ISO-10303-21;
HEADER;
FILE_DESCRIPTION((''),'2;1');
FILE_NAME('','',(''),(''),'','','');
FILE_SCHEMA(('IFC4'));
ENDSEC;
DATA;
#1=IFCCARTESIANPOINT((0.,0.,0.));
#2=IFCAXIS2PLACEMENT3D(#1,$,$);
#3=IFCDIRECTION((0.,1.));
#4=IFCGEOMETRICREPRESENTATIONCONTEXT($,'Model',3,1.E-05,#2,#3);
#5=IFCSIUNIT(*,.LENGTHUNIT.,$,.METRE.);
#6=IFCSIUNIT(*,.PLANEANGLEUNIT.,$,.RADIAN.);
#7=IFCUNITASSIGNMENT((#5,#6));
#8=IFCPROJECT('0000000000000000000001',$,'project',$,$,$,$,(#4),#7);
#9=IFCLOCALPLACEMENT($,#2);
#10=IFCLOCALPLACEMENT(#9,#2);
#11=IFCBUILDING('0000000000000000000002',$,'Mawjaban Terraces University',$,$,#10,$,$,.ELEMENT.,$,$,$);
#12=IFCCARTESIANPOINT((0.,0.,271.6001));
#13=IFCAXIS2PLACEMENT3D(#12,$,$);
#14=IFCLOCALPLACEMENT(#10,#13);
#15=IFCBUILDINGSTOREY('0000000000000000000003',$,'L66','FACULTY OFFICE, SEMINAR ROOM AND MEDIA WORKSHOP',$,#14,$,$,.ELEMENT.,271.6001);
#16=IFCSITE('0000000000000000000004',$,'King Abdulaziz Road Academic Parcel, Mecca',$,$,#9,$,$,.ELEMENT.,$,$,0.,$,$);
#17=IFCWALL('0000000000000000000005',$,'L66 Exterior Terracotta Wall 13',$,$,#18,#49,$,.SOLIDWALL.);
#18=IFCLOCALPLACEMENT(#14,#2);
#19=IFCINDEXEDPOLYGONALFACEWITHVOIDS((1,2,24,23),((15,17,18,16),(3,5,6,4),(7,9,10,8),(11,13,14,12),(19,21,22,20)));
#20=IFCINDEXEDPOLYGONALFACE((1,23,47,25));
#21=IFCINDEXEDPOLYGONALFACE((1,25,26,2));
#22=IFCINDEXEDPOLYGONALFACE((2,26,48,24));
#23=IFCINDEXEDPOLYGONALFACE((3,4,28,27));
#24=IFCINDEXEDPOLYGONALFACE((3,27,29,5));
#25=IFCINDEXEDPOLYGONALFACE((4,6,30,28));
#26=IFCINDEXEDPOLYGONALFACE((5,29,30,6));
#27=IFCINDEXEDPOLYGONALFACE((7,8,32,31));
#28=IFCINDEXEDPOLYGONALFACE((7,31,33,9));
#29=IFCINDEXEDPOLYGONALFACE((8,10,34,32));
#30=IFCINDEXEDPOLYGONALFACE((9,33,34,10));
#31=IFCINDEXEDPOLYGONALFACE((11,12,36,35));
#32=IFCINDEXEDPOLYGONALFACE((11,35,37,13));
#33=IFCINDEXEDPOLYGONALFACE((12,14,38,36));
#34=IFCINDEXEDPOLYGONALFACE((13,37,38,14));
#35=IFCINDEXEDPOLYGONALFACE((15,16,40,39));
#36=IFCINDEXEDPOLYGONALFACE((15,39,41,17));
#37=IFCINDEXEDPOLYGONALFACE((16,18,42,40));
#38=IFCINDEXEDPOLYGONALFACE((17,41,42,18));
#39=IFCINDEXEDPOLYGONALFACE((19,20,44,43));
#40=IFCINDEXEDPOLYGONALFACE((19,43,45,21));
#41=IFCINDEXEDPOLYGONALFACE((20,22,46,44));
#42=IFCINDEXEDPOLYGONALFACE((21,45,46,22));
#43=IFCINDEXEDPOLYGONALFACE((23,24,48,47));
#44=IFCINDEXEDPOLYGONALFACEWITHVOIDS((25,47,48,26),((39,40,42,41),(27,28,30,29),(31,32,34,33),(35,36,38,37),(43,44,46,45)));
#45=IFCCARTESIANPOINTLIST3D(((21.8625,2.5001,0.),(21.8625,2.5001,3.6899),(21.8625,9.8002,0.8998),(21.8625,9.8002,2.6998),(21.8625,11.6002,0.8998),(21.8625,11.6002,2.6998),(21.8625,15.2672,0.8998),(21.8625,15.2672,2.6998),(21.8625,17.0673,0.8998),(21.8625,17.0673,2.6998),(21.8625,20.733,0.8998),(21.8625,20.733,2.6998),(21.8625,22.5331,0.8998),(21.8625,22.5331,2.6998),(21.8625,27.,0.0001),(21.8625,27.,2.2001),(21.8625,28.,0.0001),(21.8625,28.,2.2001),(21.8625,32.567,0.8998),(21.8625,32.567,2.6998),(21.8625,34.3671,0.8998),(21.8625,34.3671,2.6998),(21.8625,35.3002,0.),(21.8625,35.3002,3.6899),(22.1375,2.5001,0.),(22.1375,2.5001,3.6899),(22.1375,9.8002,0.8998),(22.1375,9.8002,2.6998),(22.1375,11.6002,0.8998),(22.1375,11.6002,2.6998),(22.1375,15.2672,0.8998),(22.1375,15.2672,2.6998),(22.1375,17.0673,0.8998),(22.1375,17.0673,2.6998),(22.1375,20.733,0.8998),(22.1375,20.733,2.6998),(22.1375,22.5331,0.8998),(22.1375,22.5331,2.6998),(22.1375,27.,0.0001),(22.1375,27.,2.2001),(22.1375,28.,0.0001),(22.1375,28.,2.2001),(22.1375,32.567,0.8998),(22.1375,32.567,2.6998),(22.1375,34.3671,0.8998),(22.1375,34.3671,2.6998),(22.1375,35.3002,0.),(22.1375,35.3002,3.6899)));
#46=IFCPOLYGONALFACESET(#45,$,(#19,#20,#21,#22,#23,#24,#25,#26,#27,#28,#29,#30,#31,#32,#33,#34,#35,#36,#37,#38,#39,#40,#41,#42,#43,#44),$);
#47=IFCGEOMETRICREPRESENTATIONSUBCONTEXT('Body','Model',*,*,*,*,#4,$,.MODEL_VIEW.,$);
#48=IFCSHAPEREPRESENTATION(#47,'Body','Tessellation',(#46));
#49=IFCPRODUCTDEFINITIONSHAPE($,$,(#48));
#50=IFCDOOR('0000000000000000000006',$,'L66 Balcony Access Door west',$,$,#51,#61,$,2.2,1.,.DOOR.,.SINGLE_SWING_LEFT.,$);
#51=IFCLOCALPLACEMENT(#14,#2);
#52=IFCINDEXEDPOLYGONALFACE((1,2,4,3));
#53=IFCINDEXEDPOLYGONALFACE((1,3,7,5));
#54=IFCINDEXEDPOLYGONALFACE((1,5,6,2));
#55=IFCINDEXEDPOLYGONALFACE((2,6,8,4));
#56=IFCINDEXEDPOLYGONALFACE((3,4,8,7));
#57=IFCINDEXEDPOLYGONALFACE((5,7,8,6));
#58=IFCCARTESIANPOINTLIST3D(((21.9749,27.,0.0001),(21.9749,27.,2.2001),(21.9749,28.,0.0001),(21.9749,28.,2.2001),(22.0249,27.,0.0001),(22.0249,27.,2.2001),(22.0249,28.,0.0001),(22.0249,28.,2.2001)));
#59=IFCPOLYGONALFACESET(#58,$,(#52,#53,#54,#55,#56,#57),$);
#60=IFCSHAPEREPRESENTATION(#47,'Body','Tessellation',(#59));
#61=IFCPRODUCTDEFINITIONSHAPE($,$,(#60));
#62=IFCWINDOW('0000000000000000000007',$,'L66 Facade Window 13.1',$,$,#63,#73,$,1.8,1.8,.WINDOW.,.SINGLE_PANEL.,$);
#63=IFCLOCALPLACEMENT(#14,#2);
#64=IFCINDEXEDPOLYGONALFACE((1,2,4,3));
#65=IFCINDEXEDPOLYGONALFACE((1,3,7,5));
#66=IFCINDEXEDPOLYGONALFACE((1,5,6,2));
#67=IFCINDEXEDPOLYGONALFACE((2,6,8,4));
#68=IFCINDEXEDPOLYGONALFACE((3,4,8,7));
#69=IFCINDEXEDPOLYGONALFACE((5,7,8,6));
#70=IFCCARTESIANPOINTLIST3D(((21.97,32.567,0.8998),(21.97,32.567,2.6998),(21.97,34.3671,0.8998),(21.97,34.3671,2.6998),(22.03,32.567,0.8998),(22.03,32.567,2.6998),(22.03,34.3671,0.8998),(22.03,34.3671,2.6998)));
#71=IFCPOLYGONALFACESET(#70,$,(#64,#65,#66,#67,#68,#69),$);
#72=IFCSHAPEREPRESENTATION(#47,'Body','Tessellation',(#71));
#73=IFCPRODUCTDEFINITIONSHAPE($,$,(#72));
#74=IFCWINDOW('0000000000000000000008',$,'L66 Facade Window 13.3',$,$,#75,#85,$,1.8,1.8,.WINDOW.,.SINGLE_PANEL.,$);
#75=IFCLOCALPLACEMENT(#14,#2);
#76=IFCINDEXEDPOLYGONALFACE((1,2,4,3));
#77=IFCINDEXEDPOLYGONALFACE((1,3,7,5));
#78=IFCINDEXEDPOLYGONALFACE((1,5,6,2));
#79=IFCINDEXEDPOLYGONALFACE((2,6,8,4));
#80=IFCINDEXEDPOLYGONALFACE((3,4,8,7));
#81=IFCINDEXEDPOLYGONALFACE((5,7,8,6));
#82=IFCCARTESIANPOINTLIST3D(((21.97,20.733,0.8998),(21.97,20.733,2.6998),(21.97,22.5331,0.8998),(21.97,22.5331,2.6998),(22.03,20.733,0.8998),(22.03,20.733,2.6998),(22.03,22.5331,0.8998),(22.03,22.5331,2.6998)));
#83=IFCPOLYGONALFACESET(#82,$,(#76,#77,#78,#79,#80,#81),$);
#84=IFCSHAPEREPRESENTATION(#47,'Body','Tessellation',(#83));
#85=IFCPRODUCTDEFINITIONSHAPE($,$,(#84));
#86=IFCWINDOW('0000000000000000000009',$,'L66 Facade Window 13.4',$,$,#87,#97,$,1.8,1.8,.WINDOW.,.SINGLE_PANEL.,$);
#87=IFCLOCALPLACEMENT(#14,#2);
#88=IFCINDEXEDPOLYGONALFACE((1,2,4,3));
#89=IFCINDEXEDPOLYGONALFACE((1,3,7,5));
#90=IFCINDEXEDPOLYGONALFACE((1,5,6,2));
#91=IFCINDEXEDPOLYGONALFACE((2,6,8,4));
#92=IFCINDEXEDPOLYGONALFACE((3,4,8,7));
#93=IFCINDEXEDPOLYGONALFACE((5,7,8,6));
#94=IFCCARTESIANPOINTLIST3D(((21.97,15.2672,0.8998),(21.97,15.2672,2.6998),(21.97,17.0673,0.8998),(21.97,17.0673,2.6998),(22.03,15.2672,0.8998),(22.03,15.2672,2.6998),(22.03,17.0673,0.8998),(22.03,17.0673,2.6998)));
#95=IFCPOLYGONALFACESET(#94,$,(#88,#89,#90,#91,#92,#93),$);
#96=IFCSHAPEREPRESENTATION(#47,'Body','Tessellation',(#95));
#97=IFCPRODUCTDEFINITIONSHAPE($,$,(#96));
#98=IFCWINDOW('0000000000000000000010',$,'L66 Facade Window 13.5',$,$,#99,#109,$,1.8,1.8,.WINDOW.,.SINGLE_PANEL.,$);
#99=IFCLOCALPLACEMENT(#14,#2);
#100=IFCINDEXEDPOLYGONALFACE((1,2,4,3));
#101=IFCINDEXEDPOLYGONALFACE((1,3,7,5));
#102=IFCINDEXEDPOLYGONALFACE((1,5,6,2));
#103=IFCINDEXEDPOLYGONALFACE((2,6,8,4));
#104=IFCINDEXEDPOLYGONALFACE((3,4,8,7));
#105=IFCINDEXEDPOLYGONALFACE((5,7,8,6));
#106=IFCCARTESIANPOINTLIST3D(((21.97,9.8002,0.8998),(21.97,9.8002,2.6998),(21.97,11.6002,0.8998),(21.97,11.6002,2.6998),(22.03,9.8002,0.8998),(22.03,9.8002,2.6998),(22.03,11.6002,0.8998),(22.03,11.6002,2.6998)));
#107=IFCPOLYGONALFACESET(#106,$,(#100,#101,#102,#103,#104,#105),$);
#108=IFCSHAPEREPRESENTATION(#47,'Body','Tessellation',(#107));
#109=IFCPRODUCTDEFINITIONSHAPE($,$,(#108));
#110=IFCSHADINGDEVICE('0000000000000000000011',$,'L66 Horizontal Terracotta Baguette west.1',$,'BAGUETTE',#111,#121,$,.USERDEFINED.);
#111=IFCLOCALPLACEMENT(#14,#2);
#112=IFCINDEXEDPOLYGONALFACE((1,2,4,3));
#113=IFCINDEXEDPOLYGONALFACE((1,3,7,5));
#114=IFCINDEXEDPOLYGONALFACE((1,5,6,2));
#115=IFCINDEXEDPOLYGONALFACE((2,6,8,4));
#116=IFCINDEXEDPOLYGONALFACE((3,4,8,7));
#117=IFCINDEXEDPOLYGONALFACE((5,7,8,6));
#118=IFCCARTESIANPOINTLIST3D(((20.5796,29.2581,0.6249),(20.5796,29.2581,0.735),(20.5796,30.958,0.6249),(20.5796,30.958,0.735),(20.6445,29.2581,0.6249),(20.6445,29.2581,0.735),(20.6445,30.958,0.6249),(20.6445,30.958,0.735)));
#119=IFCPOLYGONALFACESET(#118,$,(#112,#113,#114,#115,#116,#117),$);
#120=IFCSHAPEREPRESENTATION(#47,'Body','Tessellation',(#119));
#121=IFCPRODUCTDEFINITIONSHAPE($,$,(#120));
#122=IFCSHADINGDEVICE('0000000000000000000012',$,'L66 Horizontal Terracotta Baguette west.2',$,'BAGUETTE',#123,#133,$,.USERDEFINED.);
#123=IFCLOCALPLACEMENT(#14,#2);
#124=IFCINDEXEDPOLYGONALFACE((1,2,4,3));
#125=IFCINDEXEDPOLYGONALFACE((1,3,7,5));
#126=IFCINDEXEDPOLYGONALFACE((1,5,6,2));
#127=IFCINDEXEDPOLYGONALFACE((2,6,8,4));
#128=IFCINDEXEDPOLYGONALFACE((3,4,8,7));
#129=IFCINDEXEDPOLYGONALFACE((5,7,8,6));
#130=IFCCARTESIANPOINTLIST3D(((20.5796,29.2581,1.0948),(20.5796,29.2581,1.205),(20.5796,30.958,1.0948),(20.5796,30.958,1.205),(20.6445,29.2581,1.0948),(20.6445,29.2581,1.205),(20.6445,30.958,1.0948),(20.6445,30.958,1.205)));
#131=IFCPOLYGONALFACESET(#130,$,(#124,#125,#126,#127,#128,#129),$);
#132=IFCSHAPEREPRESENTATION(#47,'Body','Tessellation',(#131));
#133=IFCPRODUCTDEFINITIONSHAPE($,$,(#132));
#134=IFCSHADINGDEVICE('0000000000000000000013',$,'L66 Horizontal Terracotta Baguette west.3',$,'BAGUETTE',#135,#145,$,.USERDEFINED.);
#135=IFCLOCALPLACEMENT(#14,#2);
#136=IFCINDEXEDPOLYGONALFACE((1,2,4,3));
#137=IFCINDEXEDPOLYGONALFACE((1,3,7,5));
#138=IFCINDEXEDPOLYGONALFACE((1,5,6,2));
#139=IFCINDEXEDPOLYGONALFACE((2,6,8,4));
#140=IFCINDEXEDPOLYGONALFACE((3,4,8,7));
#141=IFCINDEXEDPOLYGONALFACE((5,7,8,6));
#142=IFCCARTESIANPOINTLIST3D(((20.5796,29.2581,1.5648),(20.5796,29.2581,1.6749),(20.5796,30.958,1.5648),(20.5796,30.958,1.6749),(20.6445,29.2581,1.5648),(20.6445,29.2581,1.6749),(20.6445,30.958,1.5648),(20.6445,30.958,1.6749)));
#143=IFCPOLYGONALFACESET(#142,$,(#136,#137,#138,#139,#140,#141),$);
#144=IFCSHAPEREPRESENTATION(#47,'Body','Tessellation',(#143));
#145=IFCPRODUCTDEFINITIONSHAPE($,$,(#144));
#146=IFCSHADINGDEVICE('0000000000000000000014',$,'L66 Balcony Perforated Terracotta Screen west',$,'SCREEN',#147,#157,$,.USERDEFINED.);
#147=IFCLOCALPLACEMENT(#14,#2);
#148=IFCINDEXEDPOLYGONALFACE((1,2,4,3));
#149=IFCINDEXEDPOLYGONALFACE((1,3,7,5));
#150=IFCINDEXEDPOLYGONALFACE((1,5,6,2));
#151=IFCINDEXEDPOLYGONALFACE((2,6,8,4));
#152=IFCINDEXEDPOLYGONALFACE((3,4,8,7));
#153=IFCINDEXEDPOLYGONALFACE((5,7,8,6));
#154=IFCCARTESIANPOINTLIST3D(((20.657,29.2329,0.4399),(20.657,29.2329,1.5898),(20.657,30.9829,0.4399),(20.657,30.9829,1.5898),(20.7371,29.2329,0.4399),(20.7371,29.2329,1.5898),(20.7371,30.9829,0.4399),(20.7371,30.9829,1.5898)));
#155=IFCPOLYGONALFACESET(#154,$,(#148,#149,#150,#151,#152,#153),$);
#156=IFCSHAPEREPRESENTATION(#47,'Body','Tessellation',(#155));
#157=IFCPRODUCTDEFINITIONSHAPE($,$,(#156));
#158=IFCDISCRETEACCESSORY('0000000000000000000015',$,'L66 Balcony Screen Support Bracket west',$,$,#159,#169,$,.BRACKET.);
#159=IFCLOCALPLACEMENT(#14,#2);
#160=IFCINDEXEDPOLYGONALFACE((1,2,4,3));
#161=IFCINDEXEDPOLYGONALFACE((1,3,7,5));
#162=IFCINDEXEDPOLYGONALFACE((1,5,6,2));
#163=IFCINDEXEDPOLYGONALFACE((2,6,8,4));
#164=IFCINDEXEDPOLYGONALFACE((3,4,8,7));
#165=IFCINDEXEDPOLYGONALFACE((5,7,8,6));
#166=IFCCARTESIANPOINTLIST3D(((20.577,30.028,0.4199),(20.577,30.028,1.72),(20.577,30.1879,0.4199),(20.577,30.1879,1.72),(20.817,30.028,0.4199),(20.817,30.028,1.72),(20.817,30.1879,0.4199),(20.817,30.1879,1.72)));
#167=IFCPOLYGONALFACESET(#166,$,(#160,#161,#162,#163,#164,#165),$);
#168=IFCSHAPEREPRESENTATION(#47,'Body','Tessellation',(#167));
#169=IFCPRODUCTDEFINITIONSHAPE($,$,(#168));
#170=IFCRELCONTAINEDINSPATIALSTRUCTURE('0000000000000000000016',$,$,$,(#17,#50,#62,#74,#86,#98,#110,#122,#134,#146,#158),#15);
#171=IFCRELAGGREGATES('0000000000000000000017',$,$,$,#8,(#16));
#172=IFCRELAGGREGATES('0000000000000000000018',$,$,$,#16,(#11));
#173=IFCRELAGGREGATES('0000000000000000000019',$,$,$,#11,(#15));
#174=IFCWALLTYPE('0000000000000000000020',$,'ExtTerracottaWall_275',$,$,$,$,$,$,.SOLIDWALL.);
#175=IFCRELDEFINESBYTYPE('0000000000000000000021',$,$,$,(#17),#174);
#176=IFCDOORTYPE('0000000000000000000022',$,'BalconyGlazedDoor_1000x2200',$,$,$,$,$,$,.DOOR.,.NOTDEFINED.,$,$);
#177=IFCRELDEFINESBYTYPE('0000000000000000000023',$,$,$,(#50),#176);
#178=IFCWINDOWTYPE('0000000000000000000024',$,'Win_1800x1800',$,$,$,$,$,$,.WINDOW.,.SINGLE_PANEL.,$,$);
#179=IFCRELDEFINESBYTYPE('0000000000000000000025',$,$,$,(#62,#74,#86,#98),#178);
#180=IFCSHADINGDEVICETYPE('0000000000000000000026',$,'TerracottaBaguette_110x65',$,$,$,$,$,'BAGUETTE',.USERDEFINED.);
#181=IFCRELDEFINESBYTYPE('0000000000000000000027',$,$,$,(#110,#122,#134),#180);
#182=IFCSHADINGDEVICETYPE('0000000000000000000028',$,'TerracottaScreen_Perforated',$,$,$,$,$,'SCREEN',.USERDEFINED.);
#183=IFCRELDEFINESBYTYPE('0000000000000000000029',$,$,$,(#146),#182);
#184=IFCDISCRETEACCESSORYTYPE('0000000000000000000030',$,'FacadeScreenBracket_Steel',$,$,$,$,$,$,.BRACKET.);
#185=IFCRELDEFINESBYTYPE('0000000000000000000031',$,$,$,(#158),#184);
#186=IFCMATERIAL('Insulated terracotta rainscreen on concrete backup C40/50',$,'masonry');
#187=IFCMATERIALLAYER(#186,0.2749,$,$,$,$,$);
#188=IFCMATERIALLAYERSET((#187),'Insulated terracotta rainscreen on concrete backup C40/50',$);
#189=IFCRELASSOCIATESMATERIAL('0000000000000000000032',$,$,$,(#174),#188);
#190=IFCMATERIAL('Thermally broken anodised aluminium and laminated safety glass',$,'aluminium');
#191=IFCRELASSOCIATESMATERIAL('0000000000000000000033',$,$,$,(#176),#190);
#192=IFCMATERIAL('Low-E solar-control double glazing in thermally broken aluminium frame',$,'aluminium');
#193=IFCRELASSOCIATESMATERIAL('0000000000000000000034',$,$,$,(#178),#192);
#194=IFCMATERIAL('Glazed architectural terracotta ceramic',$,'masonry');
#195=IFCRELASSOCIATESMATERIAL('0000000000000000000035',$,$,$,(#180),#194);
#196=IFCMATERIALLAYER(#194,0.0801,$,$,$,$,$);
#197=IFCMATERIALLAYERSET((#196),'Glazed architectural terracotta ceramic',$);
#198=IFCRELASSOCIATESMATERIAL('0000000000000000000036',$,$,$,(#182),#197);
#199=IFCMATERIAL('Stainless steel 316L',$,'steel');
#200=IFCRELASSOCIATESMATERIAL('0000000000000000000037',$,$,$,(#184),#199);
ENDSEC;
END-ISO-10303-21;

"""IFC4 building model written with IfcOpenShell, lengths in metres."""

from ifc_helpers import new_model, si_unit, direction, frame, frame_2d, origin, origin_2d, place, context, subcontext, project, spatial, rectangle, extrude, material, layer, layer_set, material_profile, profile_set, type_object, element, fill, save


model = new_model("IFC4")

# Units and contexts
model_context = context("Model", 3, precision=1e-05, world=origin(), true_north=direction((0.0, 1.0)))
body_context = subcontext(model_context, "Body", "Model", "MODEL_VIEW")
ifc_project = project(units=[si_unit("LENGTHUNIT", "METRE"), si_unit("PLANEANGLEUNIT", "RADIAN")], contexts=[model_context])

# Site, building, storey
site_placement = place(None, origin())
site = spatial("IfcSite", under=ifc_project, at=site_placement, Name="King Abdulaziz Road Academic Parcel, Mecca", CompositionType="ELEMENT", RefElevation=0.0)
building_placement = place(site_placement, origin())
building = spatial("IfcBuilding", under=site, at=building_placement, Name="Mawjaban Terraces University", CompositionType="ELEMENT")
storey_placement = place(building_placement, frame((0.0, 0.0, 271.6001)))
storey = spatial("IfcBuildingStorey", under=building, at=storey_placement, Name="L66", Description="FACULTY OFFICE, SEMINAR ROOM AND MEDIA WORKSHOP", CompositionType="ELEMENT", Elevation=271.6001)

# Shared definitions
ifc_material_1 = material(Name="Insulated terracotta rainscreen on concrete backup C40/50", Category="masonry")
ifc_layer_1 = layer(ifc_material_1, 0.2749)
ifc_layer_set_1 = layer_set([ifc_layer_1], Name="Insulated terracotta rainscreen on concrete backup C40/50")
wall_type_1 = type_object("IfcWallType", Name="ExtTerracottaWall_275", PredefinedType="SOLIDWALL", material=ifc_layer_set_1)

# Wall, openings, door, windows
wall_1_placement = place(storey_placement, frame((22.0, 35.3, 0.0), z_axis=(0.0, 0.0, 1.0), x_axis=(0.0, -1.0, 0.0)))
wall_1 = element("IfcWall", 1, at=wall_1_placement, inside=storey, type_object=wall_type_1, Name="L66 Exterior Terracotta Wall 13", PredefinedType="SOLIDWALL", context=body_context, shape_type="SweptSolid", body=[
    extrude(rectangle(XDim=32.8, YDim=0.2749, at=frame_2d((16.3999, 0.0))), origin(), (0.0, 0.0, 1.0), 3.6899),
])
opening_1_placement = place(wall_1_placement, frame((7.3, 0.0, 0.0)))
opening_1 = element("IfcOpeningElement", 2, at=opening_1_placement, cuts=wall_1, PredefinedType="OPENING", context=body_context, shape_type="SweptSolid", body=[
    extrude(rectangle(XDim=1.0, YDim=2.2, at=frame_2d((0.5, 1.1001))), frame((0.0, 0.1475, 0.0), z_axis=(0.0, -1.0, 0.0), x_axis=(1.0, 0.0, 0.0)), (0.0, 0.0, 1.0), 0.2949),
])
opening_2_placement = place(wall_1_placement, frame((0.9331, 0.0, 0.8999)))
opening_2 = element("IfcOpeningElement", 3, at=opening_2_placement, cuts=wall_1, PredefinedType="OPENING", context=body_context, shape_type="SweptSolid", body=[
    extrude(rectangle(XDim=1.8, YDim=1.8, at=frame_2d((0.8999, 0.8999))), frame((0.0, 0.1475, 0.0), z_axis=(0.0, -1.0, 0.0), x_axis=(1.0, 0.0, 0.0)), (0.0, 0.0, 1.0), 0.2949),
])
opening_3_placement = place(wall_1_placement, frame((12.7671, 0.0, 0.8999)))
opening_3 = element("IfcOpeningElement", 4, at=opening_3_placement, cuts=wall_1, PredefinedType="OPENING", context=body_context, shape_type="SweptSolid", body=[
    extrude(rectangle(XDim=1.8, YDim=1.8, at=frame_2d((0.8999, 0.8999))), frame((0.0, 0.1475, 0.0), z_axis=(0.0, -1.0, 0.0), x_axis=(1.0, 0.0, 0.0)), (0.0, 0.0, 1.0), 0.2949),
])
opening_4_placement = place(wall_1_placement, frame((18.2329, 0.0, 0.8999)))
opening_4 = element("IfcOpeningElement", 5, at=opening_4_placement, cuts=wall_1, PredefinedType="OPENING", context=body_context, shape_type="SweptSolid", body=[
    extrude(rectangle(XDim=1.8, YDim=1.8, at=frame_2d((0.8999, 0.8999))), frame((0.0, 0.1475, 0.0), z_axis=(0.0, -1.0, 0.0), x_axis=(1.0, 0.0, 0.0)), (0.0, 0.0, 1.0), 0.2949),
])
opening_5_placement = place(wall_1_placement, frame((23.7, 0.0, 0.8999)))
opening_5 = element("IfcOpeningElement", 6, at=opening_5_placement, cuts=wall_1, PredefinedType="OPENING", context=body_context, shape_type="SweptSolid", body=[
    extrude(rectangle(XDim=1.8, YDim=1.8, at=frame_2d((0.8999, 0.8999))), frame((0.0, 0.1475, 0.0), z_axis=(0.0, -1.0, 0.0), x_axis=(1.0, 0.0, 0.0)), (0.0, 0.0, 1.0), 0.2949),
])
ifc_material_2 = material(Name="Thermally broken anodised aluminium and laminated safety glass", Category="aluminium")
door_type_1 = type_object("IfcDoorType", Name="BalconyGlazedDoor_1000x2200", OperationType="NOTDEFINED", PredefinedType="DOOR", material=ifc_material_2)
door_1_placement = place(opening_1_placement, origin())
door_1 = element("IfcDoor", 7, at=door_1_placement, inside=storey, type_object=door_type_1, Name="L66 Balcony Access Door west", OperationType="SINGLE_SWING_LEFT", OverallHeight=2.2, OverallWidth=1.0, PredefinedType="DOOR", context=body_context, shape_type="SweptSolid", body=[
    extrude(rectangle(XDim=1.0, YDim=2.2, at=frame_2d((0.5, 1.1001))), frame((0.0, 0.0249, 0.0), z_axis=(0.0, -1.0, 0.0), x_axis=(1.0, 0.0, 0.0)), (0.0, 0.0, 1.0), 0.05),
])
fill(opening_1, door_1)
ifc_material_3 = material(Name="Low-E solar-control double glazing in thermally broken aluminium frame", Category="aluminium")
window_type = type_object("IfcWindowType", Name="Win_1800x1800", PartitioningType="SINGLE_PANEL", PredefinedType="WINDOW", material=ifc_material_3)
window_1_placement = place(opening_2_placement, origin())
window_1 = element("IfcWindow", 8, at=window_1_placement, inside=storey, type_object=window_type, Name="L66 Facade Window 13.1", OverallHeight=1.8, OverallWidth=1.8, PartitioningType="SINGLE_PANEL", PredefinedType="WINDOW", context=body_context, shape_type="SweptSolid", body=[
    extrude(rectangle(XDim=1.8, YDim=1.8, at=frame_2d((0.8999, 0.8999))), frame((0.0, 0.03, 0.0), z_axis=(0.0, -1.0, 0.0), x_axis=(1.0, 0.0, 0.0)), (0.0, 0.0, 1.0), 0.0601),
])
fill(opening_2, window_1)
window_2_placement = place(opening_3_placement, origin())
window_2 = element("IfcWindow", 9, at=window_2_placement, inside=storey, type_object=window_type, Name="L66 Facade Window 13.3", OverallHeight=1.8, OverallWidth=1.8, PartitioningType="SINGLE_PANEL", PredefinedType="WINDOW", context=body_context, shape_type="SweptSolid", body=[
    extrude(rectangle(XDim=1.8, YDim=1.8, at=frame_2d((0.8999, 0.8999))), frame((0.0, 0.03, 0.0), z_axis=(0.0, -1.0, 0.0), x_axis=(1.0, 0.0, 0.0)), (0.0, 0.0, 1.0), 0.0601),
])
fill(opening_3, window_2)
window_3_placement = place(opening_4_placement, origin())
window_3 = element("IfcWindow", 10, at=window_3_placement, inside=storey, type_object=window_type, Name="L66 Facade Window 13.4", OverallHeight=1.8, OverallWidth=1.8, PartitioningType="SINGLE_PANEL", PredefinedType="WINDOW", context=body_context, shape_type="SweptSolid", body=[
    extrude(rectangle(XDim=1.8, YDim=1.8, at=frame_2d((0.8999, 0.8999))), frame((0.0, 0.03, 0.0), z_axis=(0.0, -1.0, 0.0), x_axis=(1.0, 0.0, 0.0)), (0.0, 0.0, 1.0), 0.0601),
])
fill(opening_4, window_3)
window_4_placement = place(opening_5_placement, origin())
window_4 = element("IfcWindow", 11, at=window_4_placement, inside=storey, type_object=window_type, Name="L66 Facade Window 13.5", OverallHeight=1.8, OverallWidth=1.8, PartitioningType="SINGLE_PANEL", PredefinedType="WINDOW", context=body_context, shape_type="SweptSolid", body=[
    extrude(rectangle(XDim=1.8, YDim=1.8, at=frame_2d((0.8999, 0.8999))), frame((0.0, 0.03, 0.0), z_axis=(0.0, -1.0, 0.0), x_axis=(1.0, 0.0, 0.0)), (0.0, 0.0, 1.0), 0.0601),
])
fill(opening_5, window_4)

# Shading devices
ifc_material_4 = material(Name="Glazed architectural terracotta ceramic", Category="masonry")
ifc_material_profile_1 = material_profile(ifc_material_4, rectangle(XDim=0.0649, YDim=0.1101, at=origin_2d()), Name="TBAG110X65")
ifc_profile_set_1 = profile_set([ifc_material_profile_1], Name="Glazed architectural terracotta ceramic")
shading_device_type_1 = type_object("IfcShadingDeviceType", Name="TerracottaBaguette_110x65", ElementType="BAGUETTE", PredefinedType="USERDEFINED", material=ifc_profile_set_1)
for number, where, z_axis, x_axis, name in (
    (12, (20.6121, 29.2581, 0.6799), (0.0, 1.0, 0.0), (-1.0, 0.0, 0.0), "L66 Horizontal Terracotta Baguette west.1"),
    (13, (20.6121, 29.2581, 1.1499), (0.0, 1.0, 0.0), (-1.0, 0.0, 0.0), "L66 Horizontal Terracotta Baguette west.2"),
    (14, (20.6121, 29.2581, 1.6199), (0.0, 1.0, 0.0), (-1.0, 0.0, 0.0), "L66 Horizontal Terracotta Baguette west.3"),
):
    element("IfcShadingDevice", number, at=place(storey_placement, frame(where, z_axis=z_axis, x_axis=x_axis)), inside=storey, type_object=shading_device_type_1, Name=name, ObjectType="BAGUETTE", PredefinedType="USERDEFINED", context=body_context, shape_type="SweptSolid", body=[
        extrude(rectangle(XDim=0.0649, YDim=0.1101, at=origin_2d()), origin(), (0.0, 0.0, 1.0), 1.7),
    ])
ifc_layer_2 = layer(ifc_material_4, 0.0801)
ifc_layer_set_2 = layer_set([ifc_layer_2], Name="Glazed architectural terracotta ceramic")
shading_device_type_2 = type_object("IfcShadingDeviceType", Name="TerracottaScreen_Perforated", ElementType="SCREEN", PredefinedType="USERDEFINED", material=ifc_layer_set_2)
shading_device_placement = place(storey_placement, frame((20.697, 30.1079, 0.4399), z_axis=(0.0, 0.0, 1.0), x_axis=(0.0, 1.0, 0.0)))
element("IfcShadingDevice", 15, at=shading_device_placement, inside=storey, type_object=shading_device_type_2, Name="L66 Balcony Perforated Terracotta Screen west", ObjectType="SCREEN", PredefinedType="USERDEFINED", context=body_context, shape_type="SweptSolid", body=[
    extrude(rectangle(XDim=1.75, YDim=0.0801, at=origin_2d()), origin(), (0.0, 0.0, 1.0), 1.1499),
])

# Discrete accessory
ifc_material_5 = material(Name="Stainless steel 316L", Category="steel")
discrete_accessory_type_1 = type_object("IfcDiscreteAccessoryType", Name="FacadeScreenBracket_Steel", PredefinedType="BRACKET", material=ifc_material_5)
discrete_accessory_1_placement = place(storey_placement, frame((20.697, 30.1079, 0.4199), z_axis=(0.0, 0.0, 1.0), x_axis=(0.0, 1.0, 0.0)))
element("IfcDiscreteAccessory", 16, at=discrete_accessory_1_placement, inside=storey, type_object=discrete_accessory_type_1, Name="L66 Balcony Screen Support Bracket west", PredefinedType="BRACKET", context=body_context, shape_type="SweptSolid", body=[
    extrude(rectangle(XDim=0.1599, YDim=0.24, at=origin_2d()), origin(), (0.0, 0.0, 1.0), 1.3),
])

save(model, "model.ifc")
